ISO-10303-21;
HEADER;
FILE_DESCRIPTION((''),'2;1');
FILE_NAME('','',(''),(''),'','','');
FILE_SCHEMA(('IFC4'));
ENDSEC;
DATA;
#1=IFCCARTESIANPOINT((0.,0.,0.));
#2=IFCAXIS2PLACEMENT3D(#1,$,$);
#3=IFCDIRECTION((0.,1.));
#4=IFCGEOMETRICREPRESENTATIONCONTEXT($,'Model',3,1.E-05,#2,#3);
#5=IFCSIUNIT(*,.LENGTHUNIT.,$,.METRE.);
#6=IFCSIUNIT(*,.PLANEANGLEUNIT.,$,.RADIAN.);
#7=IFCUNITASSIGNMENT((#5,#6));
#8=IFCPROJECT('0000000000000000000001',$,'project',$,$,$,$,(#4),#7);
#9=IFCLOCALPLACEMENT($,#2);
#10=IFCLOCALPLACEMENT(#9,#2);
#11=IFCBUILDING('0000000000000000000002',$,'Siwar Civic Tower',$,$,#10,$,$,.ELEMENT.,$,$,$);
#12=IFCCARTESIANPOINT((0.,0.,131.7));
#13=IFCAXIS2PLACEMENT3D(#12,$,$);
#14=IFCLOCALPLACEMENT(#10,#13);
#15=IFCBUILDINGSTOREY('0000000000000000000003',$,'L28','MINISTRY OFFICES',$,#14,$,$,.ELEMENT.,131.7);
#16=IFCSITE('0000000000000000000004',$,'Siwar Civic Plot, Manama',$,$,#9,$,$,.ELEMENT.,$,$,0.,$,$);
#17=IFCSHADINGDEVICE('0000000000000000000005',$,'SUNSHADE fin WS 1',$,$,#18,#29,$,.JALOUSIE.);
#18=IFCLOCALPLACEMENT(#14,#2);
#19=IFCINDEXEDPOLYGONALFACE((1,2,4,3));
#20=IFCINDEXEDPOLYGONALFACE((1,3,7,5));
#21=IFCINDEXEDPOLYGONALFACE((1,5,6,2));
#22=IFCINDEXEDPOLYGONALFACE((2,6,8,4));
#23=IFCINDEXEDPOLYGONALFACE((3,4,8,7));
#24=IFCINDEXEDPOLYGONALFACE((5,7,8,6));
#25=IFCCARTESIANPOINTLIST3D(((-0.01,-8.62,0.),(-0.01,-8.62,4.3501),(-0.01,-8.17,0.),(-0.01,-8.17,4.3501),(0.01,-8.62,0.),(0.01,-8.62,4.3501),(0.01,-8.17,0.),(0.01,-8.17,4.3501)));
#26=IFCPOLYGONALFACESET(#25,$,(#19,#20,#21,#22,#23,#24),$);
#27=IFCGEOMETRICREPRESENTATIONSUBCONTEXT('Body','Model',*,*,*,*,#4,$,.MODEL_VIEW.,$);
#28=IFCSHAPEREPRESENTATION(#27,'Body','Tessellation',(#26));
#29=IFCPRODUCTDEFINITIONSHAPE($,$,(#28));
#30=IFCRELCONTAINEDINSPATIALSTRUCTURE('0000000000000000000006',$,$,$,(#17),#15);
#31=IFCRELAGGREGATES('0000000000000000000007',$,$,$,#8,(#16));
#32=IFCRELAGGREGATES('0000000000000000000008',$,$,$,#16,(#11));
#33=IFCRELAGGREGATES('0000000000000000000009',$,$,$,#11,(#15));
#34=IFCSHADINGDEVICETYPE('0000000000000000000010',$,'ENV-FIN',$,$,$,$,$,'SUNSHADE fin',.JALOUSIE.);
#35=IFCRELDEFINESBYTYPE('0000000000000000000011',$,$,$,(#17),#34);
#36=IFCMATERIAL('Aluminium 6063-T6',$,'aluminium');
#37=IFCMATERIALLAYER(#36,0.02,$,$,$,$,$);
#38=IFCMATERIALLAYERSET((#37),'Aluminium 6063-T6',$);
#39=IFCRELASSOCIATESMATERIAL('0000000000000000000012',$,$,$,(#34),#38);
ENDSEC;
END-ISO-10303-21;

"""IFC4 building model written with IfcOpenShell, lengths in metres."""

from ifc_helpers import new_model, si_unit, direction, frame, origin, origin_2d, place, context, subcontext, project, spatial, rectangle, extrude, material, layer, layer_set, type_object, element, save


model = new_model("IFC4")

# Units and contexts
model_context = context("Model", 3, precision=1e-05, world=origin(), true_north=direction((0.0, 1.0)))
body_context = subcontext(model_context, "Body", "Model", "MODEL_VIEW")
ifc_project = project(units=[si_unit("LENGTHUNIT", "METRE"), si_unit("PLANEANGLEUNIT", "RADIAN")], contexts=[model_context])

# Site, building, storey
site_placement = place(None, origin())
site = spatial("IfcSite", under=ifc_project, at=site_placement, Name="Siwar Civic Plot, Manama", CompositionType="ELEMENT", RefElevation=0.0)
building_placement = place(site_placement, origin())
building = spatial("IfcBuilding", under=site, at=building_placement, Name="Siwar Civic Tower", CompositionType="ELEMENT")
storey_placement = place(building_placement, frame((0.0, 0.0, 131.7)))
storey = spatial("IfcBuildingStorey", under=building, at=storey_placement, Name="L28", Description="MINISTRY OFFICES", CompositionType="ELEMENT", Elevation=131.7)

# Shading device
ifc_material_1 = material(Name="Aluminium 6063-T6", Category="aluminium")
ifc_layer_1 = layer(ifc_material_1, 0.02)
ifc_layer_set_1 = layer_set([ifc_layer_1], Name="Aluminium 6063-T6")
shading_device_type = type_object("IfcShadingDeviceType", Name="ENV-FIN", ElementType="SUNSHADE fin", PredefinedType="JALOUSIE", material=ifc_layer_set_1)
shading_device_placement = place(storey_placement, frame((0.0, -8.395, 0.0), z_axis=(0.0, 0.0, 1.0), x_axis=(1.0, 0.0, 0.0)))
element("IfcShadingDevice", 1, at=shading_device_placement, inside=storey, type_object=shading_device_type, Name="SUNSHADE fin WS 1", PredefinedType="JALOUSIE", context=body_context, shape_type="SweptSolid", body=[
    extrude(rectangle(XDim=0.02, YDim=0.45, at=origin_2d()), origin(), (0.0, 0.0, 1.0), 4.3501),
])

save(model, "model.ifc")
